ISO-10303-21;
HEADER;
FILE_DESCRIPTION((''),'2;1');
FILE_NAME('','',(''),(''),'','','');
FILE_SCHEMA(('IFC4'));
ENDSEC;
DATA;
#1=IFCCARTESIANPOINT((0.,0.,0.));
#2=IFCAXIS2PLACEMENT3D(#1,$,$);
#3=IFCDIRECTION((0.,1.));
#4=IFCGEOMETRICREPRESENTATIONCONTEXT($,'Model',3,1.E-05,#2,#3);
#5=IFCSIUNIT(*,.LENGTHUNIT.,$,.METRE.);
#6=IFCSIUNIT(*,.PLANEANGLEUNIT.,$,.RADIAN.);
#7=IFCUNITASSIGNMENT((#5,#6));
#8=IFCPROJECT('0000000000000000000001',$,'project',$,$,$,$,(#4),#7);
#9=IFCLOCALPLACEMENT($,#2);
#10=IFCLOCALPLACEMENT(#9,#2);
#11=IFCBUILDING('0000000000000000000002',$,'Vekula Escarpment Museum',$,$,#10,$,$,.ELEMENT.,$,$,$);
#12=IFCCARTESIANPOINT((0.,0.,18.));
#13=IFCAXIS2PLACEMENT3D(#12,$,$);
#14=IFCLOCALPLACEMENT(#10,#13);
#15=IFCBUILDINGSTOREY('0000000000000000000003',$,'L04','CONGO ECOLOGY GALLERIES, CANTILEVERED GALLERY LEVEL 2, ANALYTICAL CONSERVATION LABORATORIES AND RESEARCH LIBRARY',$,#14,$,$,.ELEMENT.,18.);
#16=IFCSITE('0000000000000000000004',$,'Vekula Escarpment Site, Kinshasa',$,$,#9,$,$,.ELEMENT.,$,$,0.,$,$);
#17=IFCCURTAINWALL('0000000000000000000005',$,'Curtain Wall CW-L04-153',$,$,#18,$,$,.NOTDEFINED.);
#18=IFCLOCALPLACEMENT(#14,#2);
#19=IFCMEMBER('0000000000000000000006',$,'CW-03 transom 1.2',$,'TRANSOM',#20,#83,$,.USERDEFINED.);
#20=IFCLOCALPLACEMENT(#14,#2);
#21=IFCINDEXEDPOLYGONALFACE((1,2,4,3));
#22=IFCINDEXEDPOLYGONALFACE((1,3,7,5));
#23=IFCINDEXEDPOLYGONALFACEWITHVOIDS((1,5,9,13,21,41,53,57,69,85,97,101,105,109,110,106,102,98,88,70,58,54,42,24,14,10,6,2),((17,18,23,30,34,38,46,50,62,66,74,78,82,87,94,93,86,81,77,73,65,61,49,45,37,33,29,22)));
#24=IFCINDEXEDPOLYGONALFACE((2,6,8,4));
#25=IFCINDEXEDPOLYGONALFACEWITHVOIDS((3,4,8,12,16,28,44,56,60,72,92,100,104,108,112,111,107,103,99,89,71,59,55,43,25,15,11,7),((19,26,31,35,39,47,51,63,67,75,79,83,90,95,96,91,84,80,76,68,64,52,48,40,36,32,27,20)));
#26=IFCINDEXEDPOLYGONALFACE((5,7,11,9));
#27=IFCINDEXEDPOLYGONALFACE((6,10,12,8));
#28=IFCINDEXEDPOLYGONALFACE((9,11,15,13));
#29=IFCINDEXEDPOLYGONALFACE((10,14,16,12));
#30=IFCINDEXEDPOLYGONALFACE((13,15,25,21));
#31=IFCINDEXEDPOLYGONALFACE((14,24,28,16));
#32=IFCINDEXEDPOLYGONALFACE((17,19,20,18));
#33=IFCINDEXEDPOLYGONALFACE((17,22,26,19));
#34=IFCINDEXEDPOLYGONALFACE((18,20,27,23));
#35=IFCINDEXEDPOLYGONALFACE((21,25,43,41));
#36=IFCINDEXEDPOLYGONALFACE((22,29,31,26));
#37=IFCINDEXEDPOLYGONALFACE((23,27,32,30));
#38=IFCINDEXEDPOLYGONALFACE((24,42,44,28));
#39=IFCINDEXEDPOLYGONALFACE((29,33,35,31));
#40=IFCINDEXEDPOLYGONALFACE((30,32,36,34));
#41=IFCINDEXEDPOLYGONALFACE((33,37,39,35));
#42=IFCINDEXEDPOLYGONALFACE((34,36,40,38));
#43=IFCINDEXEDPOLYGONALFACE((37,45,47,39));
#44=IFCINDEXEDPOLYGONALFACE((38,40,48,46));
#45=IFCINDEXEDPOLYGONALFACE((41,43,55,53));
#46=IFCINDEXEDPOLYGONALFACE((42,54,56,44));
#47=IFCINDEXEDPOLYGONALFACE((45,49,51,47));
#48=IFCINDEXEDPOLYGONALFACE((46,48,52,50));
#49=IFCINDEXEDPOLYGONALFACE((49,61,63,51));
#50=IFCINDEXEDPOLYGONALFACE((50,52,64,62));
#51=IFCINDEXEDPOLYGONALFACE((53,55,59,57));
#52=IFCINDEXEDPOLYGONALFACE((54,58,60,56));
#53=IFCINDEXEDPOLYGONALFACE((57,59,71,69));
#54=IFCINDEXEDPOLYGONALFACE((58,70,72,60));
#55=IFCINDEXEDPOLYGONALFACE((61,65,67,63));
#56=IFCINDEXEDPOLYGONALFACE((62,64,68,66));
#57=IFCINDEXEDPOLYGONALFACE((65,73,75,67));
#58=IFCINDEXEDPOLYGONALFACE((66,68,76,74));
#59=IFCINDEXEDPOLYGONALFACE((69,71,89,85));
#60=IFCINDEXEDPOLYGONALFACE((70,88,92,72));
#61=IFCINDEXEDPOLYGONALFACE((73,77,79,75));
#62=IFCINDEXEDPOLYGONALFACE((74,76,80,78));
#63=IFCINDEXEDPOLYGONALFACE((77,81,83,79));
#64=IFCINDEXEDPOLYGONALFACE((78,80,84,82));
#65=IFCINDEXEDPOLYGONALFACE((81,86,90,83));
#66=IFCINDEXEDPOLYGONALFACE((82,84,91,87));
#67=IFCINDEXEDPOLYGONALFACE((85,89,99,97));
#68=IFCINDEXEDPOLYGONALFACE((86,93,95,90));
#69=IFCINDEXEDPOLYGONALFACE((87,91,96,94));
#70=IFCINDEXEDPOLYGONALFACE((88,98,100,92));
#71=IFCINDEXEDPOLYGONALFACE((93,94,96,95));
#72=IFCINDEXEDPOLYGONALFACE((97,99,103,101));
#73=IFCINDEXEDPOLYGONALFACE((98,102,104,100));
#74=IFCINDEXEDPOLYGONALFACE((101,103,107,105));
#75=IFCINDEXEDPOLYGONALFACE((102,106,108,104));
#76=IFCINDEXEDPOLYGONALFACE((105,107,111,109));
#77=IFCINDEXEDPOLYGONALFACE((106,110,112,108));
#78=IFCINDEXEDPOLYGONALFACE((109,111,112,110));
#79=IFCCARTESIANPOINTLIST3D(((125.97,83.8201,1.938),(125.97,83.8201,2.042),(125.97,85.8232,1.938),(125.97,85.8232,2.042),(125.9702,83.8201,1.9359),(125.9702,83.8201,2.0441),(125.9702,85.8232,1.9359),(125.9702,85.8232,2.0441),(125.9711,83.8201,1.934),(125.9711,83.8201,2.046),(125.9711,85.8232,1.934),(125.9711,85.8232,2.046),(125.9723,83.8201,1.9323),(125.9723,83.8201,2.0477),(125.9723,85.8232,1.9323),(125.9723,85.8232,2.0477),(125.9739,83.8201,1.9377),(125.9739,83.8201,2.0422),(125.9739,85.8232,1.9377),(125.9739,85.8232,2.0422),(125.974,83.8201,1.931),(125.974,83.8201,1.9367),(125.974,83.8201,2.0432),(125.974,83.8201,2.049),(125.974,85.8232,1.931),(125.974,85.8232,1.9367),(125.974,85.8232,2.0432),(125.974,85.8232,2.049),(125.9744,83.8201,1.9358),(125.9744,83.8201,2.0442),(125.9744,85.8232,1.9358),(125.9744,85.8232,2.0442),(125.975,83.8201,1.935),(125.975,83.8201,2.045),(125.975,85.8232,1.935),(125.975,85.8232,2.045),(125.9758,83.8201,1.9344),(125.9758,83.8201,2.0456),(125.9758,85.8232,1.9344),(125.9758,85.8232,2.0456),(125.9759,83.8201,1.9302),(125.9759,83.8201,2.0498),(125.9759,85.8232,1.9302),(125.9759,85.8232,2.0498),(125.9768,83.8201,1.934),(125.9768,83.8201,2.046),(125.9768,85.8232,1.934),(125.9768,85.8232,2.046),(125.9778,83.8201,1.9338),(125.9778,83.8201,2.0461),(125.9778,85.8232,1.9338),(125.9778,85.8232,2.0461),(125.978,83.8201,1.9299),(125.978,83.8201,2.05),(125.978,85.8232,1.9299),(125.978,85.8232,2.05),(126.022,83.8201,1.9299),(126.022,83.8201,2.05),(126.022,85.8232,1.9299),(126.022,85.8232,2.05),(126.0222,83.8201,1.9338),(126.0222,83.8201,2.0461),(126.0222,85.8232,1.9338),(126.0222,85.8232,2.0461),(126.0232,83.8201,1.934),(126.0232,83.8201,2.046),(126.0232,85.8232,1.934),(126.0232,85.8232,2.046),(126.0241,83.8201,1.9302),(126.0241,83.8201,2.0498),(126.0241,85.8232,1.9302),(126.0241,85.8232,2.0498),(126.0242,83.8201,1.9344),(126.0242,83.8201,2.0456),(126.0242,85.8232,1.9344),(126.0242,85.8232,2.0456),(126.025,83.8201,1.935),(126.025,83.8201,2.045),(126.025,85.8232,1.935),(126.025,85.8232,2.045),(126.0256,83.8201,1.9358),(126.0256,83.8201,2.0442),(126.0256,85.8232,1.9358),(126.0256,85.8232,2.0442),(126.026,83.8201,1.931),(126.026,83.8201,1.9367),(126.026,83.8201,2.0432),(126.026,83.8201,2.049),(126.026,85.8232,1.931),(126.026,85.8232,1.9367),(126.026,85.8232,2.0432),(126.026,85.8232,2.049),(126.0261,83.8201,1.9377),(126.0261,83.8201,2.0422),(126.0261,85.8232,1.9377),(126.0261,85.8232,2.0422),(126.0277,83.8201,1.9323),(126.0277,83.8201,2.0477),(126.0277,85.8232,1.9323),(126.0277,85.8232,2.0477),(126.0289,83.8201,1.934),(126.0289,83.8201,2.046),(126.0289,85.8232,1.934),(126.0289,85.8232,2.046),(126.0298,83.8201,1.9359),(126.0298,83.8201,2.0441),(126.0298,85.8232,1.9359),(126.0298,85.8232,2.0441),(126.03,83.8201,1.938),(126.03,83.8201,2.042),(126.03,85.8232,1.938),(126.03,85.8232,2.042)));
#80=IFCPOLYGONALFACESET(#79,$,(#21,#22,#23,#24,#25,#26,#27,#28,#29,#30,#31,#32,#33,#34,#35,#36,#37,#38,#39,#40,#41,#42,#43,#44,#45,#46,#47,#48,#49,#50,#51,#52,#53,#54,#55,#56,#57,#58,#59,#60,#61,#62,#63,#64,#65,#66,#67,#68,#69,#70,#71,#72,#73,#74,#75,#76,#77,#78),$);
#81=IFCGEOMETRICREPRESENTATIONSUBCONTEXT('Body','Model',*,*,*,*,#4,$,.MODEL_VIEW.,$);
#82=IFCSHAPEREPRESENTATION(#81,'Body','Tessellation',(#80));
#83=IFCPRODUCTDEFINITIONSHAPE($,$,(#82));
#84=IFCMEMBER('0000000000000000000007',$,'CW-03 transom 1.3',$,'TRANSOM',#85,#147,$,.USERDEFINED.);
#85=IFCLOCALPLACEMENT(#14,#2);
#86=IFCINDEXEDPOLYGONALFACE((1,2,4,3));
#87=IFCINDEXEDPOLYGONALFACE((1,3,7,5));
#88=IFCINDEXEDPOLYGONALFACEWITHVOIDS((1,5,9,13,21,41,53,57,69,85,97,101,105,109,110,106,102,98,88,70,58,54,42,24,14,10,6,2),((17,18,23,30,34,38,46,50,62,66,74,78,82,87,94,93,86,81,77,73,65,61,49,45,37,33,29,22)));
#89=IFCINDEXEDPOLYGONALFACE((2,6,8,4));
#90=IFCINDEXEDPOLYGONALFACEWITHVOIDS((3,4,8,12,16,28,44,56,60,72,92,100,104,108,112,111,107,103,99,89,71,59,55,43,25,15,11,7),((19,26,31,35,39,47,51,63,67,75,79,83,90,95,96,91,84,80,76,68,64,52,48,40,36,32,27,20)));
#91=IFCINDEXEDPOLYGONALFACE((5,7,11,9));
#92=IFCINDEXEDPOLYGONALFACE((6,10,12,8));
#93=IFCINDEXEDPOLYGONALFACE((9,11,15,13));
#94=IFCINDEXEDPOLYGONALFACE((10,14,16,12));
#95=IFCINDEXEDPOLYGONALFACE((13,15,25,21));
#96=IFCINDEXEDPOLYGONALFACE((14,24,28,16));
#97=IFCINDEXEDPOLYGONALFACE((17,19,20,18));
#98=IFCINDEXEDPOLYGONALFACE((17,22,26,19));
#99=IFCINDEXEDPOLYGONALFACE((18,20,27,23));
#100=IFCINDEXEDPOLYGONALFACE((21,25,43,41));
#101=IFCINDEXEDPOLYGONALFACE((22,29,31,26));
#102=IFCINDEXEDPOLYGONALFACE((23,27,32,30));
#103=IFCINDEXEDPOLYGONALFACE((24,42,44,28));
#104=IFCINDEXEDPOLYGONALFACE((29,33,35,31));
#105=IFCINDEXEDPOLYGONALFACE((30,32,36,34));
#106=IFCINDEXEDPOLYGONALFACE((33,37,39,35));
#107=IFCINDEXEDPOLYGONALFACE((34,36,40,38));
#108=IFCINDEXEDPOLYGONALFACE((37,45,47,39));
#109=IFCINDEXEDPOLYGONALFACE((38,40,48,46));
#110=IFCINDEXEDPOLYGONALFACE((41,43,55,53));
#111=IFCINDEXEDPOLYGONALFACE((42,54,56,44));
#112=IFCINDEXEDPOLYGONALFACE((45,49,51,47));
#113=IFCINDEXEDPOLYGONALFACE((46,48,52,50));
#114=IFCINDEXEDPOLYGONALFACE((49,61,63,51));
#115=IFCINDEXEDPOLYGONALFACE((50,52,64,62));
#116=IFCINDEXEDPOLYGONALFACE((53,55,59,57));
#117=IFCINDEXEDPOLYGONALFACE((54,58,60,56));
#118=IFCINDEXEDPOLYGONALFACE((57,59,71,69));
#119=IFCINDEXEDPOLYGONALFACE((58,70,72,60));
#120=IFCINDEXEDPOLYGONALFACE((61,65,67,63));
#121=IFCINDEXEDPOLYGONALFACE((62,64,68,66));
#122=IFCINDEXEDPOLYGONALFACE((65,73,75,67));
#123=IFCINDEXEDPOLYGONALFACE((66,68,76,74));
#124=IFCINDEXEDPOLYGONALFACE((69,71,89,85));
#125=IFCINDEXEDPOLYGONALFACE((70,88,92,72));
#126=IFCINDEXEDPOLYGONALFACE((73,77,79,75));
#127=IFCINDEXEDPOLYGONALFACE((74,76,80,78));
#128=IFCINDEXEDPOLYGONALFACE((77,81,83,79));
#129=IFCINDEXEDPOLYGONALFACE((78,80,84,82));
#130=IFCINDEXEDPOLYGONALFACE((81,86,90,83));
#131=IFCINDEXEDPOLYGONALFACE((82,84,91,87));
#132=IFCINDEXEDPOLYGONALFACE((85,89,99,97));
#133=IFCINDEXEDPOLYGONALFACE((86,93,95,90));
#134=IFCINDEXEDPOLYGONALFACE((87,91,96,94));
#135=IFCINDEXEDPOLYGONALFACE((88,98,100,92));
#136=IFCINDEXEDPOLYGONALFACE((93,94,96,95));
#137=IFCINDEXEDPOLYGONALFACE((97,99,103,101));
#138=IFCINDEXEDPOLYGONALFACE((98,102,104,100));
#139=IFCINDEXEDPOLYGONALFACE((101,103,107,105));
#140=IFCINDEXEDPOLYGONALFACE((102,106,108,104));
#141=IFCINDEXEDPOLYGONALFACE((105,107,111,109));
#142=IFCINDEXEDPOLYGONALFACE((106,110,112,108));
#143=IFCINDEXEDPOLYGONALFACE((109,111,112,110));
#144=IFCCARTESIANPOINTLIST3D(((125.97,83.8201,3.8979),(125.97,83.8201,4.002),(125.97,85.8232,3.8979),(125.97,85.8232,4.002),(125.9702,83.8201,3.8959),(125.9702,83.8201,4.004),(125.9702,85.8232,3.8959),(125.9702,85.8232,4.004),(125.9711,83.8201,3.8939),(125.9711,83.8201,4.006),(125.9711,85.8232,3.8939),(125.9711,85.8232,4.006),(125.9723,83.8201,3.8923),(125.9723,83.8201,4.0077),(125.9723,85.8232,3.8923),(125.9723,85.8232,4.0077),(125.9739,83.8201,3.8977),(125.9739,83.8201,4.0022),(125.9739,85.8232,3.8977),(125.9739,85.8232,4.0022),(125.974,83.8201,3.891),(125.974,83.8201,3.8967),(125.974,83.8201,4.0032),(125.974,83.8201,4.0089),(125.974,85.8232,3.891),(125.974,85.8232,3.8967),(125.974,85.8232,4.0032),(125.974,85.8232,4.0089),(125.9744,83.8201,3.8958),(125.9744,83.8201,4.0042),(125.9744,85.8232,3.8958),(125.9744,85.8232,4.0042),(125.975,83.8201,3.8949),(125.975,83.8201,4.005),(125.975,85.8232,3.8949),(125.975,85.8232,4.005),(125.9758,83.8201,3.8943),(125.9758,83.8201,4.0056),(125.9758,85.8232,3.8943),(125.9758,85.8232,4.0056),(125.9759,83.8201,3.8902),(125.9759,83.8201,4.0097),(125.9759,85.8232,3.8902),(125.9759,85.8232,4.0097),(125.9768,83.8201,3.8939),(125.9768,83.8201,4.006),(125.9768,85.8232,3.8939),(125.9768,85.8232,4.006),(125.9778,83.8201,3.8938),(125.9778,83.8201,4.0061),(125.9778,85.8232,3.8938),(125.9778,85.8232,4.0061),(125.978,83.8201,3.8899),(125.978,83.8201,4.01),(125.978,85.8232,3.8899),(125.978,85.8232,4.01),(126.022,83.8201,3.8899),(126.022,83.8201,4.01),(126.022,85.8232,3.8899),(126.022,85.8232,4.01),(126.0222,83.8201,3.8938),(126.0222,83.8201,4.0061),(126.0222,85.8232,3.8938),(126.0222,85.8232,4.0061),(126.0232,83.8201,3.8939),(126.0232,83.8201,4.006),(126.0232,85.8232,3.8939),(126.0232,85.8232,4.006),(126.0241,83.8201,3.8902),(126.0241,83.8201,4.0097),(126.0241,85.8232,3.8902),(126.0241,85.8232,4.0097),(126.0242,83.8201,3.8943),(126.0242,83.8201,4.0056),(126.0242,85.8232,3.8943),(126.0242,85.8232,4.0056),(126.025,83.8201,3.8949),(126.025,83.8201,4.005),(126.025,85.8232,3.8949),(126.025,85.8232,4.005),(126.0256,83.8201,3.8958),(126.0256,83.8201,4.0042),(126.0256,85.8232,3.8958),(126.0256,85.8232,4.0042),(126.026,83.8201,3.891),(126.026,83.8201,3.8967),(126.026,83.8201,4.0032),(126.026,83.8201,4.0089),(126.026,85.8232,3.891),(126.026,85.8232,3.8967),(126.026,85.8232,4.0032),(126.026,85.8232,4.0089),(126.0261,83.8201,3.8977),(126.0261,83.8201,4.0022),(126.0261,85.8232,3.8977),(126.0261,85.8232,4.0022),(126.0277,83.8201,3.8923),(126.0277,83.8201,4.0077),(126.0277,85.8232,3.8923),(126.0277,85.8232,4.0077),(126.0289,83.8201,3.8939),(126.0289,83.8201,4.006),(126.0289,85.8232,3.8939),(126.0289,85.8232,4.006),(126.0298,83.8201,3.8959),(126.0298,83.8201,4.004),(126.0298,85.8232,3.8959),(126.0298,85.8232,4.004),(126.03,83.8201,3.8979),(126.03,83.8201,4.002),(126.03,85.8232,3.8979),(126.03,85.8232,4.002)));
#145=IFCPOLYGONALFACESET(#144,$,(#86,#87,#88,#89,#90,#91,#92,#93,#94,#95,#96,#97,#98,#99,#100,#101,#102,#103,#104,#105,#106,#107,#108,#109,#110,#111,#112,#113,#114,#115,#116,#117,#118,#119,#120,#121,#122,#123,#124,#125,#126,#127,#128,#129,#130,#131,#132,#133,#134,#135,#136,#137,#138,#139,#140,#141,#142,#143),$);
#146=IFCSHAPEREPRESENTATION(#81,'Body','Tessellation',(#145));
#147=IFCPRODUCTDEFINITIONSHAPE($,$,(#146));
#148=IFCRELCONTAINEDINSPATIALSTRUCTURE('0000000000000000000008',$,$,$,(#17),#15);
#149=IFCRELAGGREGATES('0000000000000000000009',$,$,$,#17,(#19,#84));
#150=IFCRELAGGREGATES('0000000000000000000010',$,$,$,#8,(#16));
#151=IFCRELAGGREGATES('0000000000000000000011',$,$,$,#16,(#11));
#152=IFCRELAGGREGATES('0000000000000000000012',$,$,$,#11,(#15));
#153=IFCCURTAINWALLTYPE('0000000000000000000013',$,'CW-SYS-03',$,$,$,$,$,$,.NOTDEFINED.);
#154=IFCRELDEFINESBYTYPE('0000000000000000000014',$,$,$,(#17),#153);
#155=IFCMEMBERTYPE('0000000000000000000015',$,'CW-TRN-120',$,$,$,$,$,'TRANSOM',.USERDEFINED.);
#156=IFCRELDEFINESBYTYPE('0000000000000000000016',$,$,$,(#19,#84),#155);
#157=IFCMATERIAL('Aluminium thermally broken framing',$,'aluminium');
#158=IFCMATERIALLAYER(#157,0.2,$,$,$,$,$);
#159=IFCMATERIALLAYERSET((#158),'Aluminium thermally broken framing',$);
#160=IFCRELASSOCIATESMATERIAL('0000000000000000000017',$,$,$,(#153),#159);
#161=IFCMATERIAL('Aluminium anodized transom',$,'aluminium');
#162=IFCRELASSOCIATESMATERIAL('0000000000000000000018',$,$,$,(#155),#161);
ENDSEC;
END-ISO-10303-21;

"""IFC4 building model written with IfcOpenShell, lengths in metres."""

from ifc_helpers import new_model, si_unit, direction, frame, origin, origin_2d, place, context, subcontext, project, spatial, hollow_rectangle, extrude, material, layer, layer_set, material_profile, profile_set, type_object, element, aggregate, save


model = new_model("IFC4")

# Units and contexts
model_context = context("Model", 3, precision=1e-05, world=origin(), true_north=direction((0.0, 1.0)))
body_context = subcontext(model_context, "Body", "Model", "MODEL_VIEW")
ifc_project = project(units=[si_unit("LENGTHUNIT", "METRE"), si_unit("PLANEANGLEUNIT", "RADIAN")], contexts=[model_context])

# Site, building, storey
site_placement = place(None, origin())
site = spatial("IfcSite", under=ifc_project, at=site_placement, Name="Vekula Escarpment Site, Kinshasa", CompositionType="ELEMENT", RefElevation=0.0)
building_placement = place(site_placement, origin())
building = spatial("IfcBuilding", under=site, at=building_placement, Name="Vekula Escarpment Museum", CompositionType="ELEMENT")
storey_placement = place(building_placement, frame((0.0, 0.0, 18.0)))
storey = spatial("IfcBuildingStorey", under=building, at=storey_placement, Name="L04", Description="CONGO ECOLOGY GALLERIES, CANTILEVERED GALLERY LEVEL 2, ANALYTICAL CONSERVATION LABORATORIES AND RESEARCH LIBRARY", CompositionType="ELEMENT", Elevation=18.0)

# Curtain wall
ifc_material_1 = material(Name="Aluminium thermally broken framing", Category="aluminium")
ifc_layer_1 = layer(ifc_material_1, 0.2)
ifc_layer_set_1 = layer_set([ifc_layer_1], Name="Aluminium thermally broken framing")
curtain_wall_type_1 = type_object("IfcCurtainWallType", Name="CW-SYS-03", PredefinedType="NOTDEFINED", material=ifc_layer_set_1)
curtain_wall_1_placement = place(storey_placement, origin())
curtain_wall_1 = element("IfcCurtainWall", 1, at=curtain_wall_1_placement, inside=storey, type_object=curtain_wall_type_1, Name="Curtain Wall CW-L04-153", PredefinedType="NOTDEFINED")

# Members
ifc_material_2 = material(Name="Aluminium anodized transom", Category="aluminium")
ifc_material_profile_1 = material_profile(ifc_material_2, hollow_rectangle(XDim=0.0601, YDim=0.1201, WallThickness=0.0039, InnerFilletRadius=0.0039, OuterFilletRadius=0.0081, at=origin_2d()), Name="ALU 120x60x4")
ifc_profile_set_1 = profile_set([ifc_material_profile_1], Name="Aluminium anodized transom")
member_type_1 = type_object("IfcMemberType", Name="CW-TRN-120", ElementType="TRANSOM", PredefinedType="USERDEFINED", material=ifc_profile_set_1)
member_1_placement = place(storey_placement, frame((126.0, 83.8201, 1.99), z_axis=(0.0, 1.0, 0.0), x_axis=(-1.0, 0.0, 0.0)))
member_1 = element("IfcMember", 2, at=member_1_placement, type_object=member_type_1, Name="CW-03 transom 1.2", ObjectType="TRANSOM", PredefinedType="USERDEFINED", context=body_context, shape_type="SweptSolid", body=[
    extrude(hollow_rectangle(XDim=0.0601, YDim=0.1201, WallThickness=0.0039, InnerFilletRadius=0.0039, OuterFilletRadius=0.0081, at=origin_2d()), origin(), (0.0, 0.0, 1.0), 2.0032),
])
member_2_placement = place(storey_placement, frame((126.0, 83.8201, 3.95), z_axis=(0.0, 1.0, 0.0), x_axis=(-1.0, 0.0, 0.0)))
member_2 = element("IfcMember", 3, at=member_2_placement, type_object=member_type_1, Name="CW-03 transom 1.3", ObjectType="TRANSOM", PredefinedType="USERDEFINED", context=body_context, shape_type="SweptSolid", body=[
    extrude(hollow_rectangle(XDim=0.0601, YDim=0.1201, WallThickness=0.0039, InnerFilletRadius=0.0039, OuterFilletRadius=0.0081, at=origin_2d()), origin(), (0.0, 0.0, 1.0), 2.0032),
])

aggregate(curtain_wall_1, [member_1, member_2])

save(model, "model.ifc")
